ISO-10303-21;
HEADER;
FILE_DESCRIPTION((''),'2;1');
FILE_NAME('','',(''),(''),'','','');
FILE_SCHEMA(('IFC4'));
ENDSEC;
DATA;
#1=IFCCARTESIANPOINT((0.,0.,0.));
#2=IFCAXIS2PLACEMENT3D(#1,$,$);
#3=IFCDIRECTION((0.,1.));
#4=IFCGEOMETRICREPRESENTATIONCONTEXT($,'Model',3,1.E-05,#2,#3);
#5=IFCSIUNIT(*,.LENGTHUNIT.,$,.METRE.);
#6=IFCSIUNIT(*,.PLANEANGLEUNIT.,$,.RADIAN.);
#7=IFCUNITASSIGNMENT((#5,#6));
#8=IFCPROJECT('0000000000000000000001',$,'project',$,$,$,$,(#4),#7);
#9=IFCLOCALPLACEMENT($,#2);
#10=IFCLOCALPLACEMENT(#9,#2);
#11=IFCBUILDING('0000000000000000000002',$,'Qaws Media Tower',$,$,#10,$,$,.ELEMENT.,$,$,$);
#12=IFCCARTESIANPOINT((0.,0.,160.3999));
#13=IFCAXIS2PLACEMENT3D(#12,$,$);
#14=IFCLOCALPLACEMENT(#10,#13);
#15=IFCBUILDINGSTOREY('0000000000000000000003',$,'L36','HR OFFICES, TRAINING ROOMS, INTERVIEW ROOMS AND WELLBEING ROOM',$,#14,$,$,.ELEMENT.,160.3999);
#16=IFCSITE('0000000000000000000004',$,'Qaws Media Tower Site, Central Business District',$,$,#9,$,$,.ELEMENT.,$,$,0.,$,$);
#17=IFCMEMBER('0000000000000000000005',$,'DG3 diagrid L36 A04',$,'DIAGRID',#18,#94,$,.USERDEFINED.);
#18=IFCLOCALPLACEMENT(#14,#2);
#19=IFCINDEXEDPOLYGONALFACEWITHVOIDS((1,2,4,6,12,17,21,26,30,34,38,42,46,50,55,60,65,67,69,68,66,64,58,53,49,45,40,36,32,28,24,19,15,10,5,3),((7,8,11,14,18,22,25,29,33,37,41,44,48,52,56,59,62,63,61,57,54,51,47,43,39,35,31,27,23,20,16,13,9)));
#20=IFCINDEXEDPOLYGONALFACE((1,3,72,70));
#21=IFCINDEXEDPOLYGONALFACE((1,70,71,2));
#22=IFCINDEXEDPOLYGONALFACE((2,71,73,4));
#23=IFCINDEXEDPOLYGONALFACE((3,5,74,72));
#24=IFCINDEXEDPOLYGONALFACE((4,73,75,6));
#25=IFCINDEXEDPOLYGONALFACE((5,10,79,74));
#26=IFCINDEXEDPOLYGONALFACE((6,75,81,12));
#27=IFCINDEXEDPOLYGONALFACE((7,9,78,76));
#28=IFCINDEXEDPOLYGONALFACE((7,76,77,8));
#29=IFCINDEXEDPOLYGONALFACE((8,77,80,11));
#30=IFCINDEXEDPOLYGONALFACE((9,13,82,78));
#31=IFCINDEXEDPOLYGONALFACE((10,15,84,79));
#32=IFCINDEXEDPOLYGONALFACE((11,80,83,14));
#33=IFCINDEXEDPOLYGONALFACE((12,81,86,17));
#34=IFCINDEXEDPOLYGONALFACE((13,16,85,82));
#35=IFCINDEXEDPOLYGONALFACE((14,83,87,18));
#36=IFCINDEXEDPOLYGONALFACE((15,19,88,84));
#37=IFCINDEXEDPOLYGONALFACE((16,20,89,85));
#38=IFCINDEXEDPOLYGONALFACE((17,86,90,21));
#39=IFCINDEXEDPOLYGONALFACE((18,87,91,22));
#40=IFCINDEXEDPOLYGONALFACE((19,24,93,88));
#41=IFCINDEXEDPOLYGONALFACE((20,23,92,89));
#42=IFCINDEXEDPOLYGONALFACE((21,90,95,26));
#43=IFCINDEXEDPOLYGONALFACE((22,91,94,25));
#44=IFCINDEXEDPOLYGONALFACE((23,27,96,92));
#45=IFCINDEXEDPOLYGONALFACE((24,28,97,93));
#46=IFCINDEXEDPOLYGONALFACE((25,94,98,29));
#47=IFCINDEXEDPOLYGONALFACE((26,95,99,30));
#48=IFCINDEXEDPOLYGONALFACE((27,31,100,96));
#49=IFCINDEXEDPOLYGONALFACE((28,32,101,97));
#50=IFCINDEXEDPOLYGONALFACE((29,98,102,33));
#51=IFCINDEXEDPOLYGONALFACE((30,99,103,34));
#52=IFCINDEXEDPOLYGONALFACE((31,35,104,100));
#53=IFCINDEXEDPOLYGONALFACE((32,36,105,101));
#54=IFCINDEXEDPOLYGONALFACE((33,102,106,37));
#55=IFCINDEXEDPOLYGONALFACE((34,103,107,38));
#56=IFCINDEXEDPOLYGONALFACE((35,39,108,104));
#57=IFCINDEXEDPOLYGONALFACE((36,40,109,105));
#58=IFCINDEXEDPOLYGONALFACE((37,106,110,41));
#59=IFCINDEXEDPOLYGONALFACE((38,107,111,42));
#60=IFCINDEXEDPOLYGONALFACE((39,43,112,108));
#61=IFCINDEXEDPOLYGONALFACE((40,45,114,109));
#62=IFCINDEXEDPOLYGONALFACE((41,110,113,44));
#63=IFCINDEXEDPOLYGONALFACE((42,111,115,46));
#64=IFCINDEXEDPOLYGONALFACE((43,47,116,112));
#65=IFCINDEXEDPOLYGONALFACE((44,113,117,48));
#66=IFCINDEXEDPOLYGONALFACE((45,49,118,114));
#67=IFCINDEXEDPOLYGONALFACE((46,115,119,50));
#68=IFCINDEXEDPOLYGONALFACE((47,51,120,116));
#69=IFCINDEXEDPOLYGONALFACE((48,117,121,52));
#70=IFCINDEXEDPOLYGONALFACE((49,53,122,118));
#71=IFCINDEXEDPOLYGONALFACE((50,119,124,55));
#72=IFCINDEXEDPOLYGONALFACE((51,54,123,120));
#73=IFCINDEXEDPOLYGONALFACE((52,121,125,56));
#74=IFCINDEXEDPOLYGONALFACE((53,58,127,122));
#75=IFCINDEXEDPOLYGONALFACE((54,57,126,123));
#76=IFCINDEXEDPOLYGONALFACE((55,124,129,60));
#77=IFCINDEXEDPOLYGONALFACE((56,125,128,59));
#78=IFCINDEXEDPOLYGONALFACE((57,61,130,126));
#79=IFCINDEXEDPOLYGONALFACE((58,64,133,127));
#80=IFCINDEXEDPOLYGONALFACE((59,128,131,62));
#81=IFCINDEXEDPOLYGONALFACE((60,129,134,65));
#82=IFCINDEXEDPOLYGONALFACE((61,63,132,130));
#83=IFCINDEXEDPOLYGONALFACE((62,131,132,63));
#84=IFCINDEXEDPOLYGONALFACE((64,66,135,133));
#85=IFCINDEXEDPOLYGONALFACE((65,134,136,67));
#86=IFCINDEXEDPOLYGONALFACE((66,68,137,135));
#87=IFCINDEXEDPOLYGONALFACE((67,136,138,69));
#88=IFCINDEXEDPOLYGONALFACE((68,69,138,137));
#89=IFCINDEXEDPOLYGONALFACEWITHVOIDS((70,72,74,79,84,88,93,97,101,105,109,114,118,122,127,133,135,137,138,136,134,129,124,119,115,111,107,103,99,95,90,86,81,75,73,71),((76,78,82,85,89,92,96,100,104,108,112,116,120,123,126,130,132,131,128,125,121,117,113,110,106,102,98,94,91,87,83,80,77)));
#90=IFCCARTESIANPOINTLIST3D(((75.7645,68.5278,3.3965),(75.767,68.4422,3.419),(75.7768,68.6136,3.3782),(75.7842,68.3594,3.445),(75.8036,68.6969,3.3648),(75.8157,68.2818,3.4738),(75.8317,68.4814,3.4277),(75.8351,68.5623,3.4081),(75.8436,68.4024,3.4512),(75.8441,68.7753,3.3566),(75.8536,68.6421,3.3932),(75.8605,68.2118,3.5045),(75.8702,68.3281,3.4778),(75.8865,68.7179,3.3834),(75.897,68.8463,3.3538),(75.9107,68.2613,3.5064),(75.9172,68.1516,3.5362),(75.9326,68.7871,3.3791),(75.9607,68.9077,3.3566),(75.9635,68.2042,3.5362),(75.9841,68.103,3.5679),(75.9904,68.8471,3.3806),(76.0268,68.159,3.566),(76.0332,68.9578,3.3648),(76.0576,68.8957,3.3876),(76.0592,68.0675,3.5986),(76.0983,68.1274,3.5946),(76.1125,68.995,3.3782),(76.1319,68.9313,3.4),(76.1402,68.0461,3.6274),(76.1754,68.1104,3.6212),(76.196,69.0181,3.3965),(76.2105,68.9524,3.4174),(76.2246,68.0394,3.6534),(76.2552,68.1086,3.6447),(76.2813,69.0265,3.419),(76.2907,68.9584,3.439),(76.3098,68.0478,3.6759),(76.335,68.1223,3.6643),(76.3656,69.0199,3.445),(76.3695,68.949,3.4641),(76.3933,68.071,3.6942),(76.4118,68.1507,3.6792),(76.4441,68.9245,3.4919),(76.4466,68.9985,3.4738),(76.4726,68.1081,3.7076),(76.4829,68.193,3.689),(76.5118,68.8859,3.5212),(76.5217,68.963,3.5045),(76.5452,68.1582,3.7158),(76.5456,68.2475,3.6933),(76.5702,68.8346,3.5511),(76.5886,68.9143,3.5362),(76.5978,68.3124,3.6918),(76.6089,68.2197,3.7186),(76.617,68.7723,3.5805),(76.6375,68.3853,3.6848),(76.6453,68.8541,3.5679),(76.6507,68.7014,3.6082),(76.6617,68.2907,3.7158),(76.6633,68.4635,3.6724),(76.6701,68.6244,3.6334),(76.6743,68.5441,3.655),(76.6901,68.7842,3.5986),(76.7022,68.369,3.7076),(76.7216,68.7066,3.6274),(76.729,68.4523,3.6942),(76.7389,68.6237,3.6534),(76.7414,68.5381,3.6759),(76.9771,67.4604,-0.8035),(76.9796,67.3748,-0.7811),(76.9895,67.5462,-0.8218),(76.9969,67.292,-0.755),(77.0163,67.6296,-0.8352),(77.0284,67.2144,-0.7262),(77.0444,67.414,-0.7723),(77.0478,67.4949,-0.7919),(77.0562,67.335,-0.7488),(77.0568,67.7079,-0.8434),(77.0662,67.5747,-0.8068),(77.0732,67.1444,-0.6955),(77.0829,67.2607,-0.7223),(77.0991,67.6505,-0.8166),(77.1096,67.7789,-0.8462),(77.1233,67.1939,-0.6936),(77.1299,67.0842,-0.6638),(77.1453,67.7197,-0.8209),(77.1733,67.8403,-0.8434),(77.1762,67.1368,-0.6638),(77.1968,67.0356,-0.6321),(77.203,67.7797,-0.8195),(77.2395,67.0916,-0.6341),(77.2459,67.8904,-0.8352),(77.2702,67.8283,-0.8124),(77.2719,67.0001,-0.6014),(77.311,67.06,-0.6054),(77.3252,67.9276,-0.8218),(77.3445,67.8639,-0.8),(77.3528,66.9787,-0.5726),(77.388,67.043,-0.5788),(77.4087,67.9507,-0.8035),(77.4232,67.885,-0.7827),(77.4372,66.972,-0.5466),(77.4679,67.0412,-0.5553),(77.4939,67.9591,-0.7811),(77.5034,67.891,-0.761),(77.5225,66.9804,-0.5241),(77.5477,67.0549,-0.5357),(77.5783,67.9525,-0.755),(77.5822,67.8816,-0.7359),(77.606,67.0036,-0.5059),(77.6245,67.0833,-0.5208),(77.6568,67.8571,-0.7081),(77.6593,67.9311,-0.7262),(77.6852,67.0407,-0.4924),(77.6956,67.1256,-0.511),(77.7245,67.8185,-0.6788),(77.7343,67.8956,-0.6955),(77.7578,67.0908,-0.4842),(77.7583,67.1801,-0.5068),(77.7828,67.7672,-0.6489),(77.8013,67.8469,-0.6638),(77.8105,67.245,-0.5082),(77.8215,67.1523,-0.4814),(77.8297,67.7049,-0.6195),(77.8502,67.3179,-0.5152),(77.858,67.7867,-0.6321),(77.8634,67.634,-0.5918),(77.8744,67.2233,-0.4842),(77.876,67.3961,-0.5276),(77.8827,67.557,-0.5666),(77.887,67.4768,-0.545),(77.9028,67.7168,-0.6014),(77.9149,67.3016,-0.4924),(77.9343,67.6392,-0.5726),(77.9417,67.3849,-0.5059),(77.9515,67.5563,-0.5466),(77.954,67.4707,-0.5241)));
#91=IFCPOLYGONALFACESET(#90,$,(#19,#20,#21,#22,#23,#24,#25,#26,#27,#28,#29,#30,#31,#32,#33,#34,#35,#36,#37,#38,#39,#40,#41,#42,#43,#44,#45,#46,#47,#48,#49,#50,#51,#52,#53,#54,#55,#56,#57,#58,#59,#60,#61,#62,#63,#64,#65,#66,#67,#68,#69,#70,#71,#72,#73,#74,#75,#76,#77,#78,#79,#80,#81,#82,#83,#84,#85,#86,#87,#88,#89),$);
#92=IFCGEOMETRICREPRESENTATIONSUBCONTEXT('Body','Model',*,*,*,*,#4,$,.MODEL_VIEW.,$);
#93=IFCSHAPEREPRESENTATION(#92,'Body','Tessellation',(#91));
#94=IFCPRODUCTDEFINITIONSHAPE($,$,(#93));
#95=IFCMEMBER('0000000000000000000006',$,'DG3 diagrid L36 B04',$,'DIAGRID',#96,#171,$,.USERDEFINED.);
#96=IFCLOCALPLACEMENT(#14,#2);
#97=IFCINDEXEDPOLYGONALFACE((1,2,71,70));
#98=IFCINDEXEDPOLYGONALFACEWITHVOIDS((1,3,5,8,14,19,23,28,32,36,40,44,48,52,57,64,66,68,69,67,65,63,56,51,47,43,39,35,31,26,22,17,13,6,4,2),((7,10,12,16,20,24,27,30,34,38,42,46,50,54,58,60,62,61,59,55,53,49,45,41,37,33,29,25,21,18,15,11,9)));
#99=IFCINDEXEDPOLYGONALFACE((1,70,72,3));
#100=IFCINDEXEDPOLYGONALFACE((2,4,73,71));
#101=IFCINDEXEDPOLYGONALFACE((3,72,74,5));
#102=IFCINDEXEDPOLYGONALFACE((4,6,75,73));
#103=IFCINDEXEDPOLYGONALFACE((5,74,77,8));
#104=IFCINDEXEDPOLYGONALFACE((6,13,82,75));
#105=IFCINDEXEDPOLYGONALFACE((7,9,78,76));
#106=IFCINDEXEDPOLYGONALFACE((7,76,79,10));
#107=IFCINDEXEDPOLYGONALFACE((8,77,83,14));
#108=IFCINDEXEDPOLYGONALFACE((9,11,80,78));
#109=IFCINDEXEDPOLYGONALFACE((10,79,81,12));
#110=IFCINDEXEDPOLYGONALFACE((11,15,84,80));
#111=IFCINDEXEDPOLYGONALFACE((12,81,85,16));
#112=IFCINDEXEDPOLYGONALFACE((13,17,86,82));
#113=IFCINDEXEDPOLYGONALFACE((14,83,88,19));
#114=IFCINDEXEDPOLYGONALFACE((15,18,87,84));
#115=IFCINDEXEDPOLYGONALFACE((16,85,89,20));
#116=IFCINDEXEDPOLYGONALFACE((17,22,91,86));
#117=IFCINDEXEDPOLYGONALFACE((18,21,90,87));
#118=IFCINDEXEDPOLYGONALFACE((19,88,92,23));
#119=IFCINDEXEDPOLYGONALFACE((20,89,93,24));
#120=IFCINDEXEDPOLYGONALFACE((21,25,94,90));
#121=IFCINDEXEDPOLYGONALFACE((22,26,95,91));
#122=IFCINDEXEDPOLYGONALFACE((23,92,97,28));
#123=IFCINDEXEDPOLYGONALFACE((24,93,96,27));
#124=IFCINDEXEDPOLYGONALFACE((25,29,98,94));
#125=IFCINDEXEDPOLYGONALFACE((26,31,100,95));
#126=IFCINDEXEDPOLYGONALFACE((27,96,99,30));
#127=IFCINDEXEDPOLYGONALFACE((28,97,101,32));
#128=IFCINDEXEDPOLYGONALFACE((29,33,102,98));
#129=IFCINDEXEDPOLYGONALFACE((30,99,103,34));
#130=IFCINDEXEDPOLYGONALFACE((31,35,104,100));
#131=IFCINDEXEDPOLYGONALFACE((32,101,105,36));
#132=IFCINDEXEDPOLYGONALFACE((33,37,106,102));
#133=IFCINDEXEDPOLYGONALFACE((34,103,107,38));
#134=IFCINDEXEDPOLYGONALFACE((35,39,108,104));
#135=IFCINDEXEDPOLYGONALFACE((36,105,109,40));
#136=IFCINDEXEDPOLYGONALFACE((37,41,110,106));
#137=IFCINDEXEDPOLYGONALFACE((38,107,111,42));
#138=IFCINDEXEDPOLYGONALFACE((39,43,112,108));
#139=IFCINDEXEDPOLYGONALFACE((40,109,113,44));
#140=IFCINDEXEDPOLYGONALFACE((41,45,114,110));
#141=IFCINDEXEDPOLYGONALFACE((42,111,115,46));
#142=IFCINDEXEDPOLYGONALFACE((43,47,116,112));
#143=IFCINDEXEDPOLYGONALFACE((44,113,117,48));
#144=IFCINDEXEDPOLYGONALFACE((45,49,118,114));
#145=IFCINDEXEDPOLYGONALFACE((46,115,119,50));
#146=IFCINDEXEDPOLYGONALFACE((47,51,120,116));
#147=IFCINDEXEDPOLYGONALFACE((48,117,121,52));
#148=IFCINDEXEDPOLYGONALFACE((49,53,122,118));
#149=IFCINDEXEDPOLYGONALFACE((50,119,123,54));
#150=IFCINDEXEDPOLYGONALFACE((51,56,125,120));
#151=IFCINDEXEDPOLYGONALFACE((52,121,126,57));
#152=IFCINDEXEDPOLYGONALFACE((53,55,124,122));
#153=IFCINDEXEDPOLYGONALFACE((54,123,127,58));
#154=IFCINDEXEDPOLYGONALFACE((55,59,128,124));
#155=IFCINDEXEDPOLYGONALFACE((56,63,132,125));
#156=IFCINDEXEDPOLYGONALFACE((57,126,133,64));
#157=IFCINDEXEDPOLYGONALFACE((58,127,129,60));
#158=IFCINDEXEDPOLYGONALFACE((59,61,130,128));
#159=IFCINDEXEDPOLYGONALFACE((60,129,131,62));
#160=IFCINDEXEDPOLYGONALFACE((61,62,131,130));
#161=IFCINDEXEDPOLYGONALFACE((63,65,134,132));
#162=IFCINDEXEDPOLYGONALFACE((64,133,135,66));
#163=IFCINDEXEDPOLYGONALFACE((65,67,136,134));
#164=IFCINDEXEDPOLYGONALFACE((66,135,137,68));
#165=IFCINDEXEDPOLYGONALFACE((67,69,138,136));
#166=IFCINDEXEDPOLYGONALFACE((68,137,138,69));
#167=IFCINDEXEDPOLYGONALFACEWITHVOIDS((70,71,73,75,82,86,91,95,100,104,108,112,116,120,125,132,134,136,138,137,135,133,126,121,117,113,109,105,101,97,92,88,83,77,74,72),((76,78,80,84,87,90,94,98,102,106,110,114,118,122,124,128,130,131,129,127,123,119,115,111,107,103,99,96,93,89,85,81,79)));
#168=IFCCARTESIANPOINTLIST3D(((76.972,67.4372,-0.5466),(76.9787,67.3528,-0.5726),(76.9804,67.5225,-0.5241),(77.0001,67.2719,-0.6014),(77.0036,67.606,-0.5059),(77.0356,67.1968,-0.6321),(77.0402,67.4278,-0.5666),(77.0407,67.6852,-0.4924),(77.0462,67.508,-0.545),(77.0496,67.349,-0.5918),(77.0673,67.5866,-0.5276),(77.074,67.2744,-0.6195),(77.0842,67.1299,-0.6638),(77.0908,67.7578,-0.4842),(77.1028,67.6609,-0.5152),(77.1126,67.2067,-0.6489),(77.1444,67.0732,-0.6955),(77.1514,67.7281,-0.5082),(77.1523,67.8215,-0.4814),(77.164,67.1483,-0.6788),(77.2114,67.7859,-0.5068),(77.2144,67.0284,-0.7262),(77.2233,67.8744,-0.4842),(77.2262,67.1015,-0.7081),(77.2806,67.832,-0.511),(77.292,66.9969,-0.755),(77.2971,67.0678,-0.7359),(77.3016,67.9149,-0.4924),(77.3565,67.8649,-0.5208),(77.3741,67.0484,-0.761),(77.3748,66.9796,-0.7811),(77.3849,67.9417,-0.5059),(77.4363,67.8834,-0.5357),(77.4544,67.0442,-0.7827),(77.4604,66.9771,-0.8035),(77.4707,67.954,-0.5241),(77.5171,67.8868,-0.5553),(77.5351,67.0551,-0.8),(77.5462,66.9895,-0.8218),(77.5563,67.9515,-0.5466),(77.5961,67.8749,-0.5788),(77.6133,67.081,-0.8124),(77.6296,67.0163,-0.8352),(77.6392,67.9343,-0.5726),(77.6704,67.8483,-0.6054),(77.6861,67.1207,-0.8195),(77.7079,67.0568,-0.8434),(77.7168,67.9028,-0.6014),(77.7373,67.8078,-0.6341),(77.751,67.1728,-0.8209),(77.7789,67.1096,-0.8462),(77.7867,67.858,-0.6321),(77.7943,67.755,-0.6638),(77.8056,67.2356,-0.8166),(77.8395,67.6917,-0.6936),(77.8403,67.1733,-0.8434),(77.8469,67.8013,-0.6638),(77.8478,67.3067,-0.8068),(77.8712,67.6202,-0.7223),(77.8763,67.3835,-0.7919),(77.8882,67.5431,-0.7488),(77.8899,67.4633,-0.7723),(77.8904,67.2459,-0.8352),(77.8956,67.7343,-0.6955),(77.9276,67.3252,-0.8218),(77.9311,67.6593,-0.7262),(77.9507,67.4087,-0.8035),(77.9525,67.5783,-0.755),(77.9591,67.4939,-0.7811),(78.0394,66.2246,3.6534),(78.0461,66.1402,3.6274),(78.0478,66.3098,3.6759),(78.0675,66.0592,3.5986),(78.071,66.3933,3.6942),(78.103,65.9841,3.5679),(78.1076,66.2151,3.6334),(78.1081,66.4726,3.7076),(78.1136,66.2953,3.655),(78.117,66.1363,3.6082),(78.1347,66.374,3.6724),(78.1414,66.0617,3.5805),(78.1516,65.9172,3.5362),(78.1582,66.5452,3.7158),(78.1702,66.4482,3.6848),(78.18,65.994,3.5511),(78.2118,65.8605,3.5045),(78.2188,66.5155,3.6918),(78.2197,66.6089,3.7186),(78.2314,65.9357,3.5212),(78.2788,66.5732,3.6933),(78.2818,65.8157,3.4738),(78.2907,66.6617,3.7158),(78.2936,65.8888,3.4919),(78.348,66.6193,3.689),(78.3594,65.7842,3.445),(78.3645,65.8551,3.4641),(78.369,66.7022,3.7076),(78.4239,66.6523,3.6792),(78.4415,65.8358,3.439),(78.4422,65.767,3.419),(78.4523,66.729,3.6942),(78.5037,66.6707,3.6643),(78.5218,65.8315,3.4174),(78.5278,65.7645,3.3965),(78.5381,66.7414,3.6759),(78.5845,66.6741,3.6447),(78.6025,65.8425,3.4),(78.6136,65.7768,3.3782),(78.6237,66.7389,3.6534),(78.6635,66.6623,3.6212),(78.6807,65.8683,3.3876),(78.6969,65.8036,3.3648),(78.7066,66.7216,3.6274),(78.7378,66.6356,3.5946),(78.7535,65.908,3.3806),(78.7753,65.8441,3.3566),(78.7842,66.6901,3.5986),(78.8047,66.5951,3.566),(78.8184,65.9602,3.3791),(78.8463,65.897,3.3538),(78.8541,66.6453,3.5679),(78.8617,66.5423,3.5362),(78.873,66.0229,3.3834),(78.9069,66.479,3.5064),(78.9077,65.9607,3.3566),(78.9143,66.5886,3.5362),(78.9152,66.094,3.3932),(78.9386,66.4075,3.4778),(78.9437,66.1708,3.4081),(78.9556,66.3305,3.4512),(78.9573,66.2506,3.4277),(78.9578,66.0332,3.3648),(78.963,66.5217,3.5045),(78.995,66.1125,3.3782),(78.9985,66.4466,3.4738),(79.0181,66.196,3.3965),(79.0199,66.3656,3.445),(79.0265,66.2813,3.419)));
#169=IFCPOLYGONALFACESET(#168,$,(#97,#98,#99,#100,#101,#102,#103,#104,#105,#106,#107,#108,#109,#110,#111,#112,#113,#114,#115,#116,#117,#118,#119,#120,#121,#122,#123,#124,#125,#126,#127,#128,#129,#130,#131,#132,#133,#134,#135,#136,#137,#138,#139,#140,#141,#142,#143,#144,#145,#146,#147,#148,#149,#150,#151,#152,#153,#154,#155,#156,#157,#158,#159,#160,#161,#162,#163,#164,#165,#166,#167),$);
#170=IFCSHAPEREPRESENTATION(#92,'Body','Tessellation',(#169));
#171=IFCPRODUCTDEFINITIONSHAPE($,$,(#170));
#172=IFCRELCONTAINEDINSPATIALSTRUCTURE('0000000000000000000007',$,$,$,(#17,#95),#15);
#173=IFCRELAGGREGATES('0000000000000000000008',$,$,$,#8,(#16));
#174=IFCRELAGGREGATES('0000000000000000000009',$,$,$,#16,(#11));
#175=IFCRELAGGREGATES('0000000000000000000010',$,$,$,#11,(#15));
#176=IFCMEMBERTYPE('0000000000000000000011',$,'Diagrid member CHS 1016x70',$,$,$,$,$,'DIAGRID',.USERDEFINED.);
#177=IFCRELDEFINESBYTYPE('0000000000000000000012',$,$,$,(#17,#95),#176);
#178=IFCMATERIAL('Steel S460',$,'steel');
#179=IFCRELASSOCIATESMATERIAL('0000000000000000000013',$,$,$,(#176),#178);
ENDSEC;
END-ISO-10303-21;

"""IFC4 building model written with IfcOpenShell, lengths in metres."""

from ifc_helpers import new_model, si_unit, direction, frame, origin, origin_2d, place, context, subcontext, project, spatial, hollow_circle, extrude, material, material_profile, profile_set, type_object, element, save


model = new_model("IFC4")

# Units and contexts
model_context = context("Model", 3, precision=1e-05, world=origin(), true_north=direction((0.0, 1.0)))
body_context = subcontext(model_context, "Body", "Model", "MODEL_VIEW")
ifc_project = project(units=[si_unit("LENGTHUNIT", "METRE"), si_unit("PLANEANGLEUNIT", "RADIAN")], contexts=[model_context])

# Site, building, storey
site_placement = place(None, origin())
site = spatial("IfcSite", under=ifc_project, at=site_placement, Name="Qaws Media Tower Site, Central Business District", CompositionType="ELEMENT", RefElevation=0.0)
building_placement = place(site_placement, origin())
building = spatial("IfcBuilding", under=site, at=building_placement, Name="Qaws Media Tower", CompositionType="ELEMENT")
storey_placement = place(building_placement, frame((0.0, 0.0, 160.3999)))
storey = spatial("IfcBuildingStorey", under=building, at=storey_placement, Name="L36", Description="HR OFFICES, TRAINING ROOMS, INTERVIEW ROOMS AND WELLBEING ROOM", CompositionType="ELEMENT", Elevation=160.3999)

# Members
ifc_material_1 = material(Name="Steel S460", Category="steel")
ifc_material_profile_1 = material_profile(ifc_material_1, hollow_circle(Radius=0.5081, WallThickness=0.0701, at=origin_2d()), Name="CHS 1016x70")
ifc_profile_set_1 = profile_set([ifc_material_profile_1], Name="Steel S460")
member_type_1 = type_object("IfcMemberType", Name="Diagrid member CHS 1016x70", ElementType="DIAGRID", PredefinedType="USERDEFINED", material=ifc_profile_set_1)
for number, where, z_axis, x_axis, name in (
    (1, (77.4656, 67.4656, -0.6638), (-0.269481, 0.2372, 0.933336), (-0.660716, -0.750636, 0.0), "DG3 diagrid L36 A04"),
    (2, (77.4656, 67.4656, -0.6638), (0.2372, -0.269481, 0.933336), (0.750636, 0.660716, 0.0), "DG3 diagrid L36 B04"),
):
    element("IfcMember", number, at=place(storey_placement, frame(where, z_axis=z_axis, x_axis=x_axis)), inside=storey, type_object=member_type_1, Name=name, ObjectType="DIAGRID", PredefinedType="USERDEFINED", context=body_context, shape_type="SweptSolid", body=[
        extrude(hollow_circle(Radius=0.5081, WallThickness=0.0701, at=origin_2d()), origin(), (0.0, 0.0, 1.0), 4.5),
    ])

save(model, "model.ifc")
